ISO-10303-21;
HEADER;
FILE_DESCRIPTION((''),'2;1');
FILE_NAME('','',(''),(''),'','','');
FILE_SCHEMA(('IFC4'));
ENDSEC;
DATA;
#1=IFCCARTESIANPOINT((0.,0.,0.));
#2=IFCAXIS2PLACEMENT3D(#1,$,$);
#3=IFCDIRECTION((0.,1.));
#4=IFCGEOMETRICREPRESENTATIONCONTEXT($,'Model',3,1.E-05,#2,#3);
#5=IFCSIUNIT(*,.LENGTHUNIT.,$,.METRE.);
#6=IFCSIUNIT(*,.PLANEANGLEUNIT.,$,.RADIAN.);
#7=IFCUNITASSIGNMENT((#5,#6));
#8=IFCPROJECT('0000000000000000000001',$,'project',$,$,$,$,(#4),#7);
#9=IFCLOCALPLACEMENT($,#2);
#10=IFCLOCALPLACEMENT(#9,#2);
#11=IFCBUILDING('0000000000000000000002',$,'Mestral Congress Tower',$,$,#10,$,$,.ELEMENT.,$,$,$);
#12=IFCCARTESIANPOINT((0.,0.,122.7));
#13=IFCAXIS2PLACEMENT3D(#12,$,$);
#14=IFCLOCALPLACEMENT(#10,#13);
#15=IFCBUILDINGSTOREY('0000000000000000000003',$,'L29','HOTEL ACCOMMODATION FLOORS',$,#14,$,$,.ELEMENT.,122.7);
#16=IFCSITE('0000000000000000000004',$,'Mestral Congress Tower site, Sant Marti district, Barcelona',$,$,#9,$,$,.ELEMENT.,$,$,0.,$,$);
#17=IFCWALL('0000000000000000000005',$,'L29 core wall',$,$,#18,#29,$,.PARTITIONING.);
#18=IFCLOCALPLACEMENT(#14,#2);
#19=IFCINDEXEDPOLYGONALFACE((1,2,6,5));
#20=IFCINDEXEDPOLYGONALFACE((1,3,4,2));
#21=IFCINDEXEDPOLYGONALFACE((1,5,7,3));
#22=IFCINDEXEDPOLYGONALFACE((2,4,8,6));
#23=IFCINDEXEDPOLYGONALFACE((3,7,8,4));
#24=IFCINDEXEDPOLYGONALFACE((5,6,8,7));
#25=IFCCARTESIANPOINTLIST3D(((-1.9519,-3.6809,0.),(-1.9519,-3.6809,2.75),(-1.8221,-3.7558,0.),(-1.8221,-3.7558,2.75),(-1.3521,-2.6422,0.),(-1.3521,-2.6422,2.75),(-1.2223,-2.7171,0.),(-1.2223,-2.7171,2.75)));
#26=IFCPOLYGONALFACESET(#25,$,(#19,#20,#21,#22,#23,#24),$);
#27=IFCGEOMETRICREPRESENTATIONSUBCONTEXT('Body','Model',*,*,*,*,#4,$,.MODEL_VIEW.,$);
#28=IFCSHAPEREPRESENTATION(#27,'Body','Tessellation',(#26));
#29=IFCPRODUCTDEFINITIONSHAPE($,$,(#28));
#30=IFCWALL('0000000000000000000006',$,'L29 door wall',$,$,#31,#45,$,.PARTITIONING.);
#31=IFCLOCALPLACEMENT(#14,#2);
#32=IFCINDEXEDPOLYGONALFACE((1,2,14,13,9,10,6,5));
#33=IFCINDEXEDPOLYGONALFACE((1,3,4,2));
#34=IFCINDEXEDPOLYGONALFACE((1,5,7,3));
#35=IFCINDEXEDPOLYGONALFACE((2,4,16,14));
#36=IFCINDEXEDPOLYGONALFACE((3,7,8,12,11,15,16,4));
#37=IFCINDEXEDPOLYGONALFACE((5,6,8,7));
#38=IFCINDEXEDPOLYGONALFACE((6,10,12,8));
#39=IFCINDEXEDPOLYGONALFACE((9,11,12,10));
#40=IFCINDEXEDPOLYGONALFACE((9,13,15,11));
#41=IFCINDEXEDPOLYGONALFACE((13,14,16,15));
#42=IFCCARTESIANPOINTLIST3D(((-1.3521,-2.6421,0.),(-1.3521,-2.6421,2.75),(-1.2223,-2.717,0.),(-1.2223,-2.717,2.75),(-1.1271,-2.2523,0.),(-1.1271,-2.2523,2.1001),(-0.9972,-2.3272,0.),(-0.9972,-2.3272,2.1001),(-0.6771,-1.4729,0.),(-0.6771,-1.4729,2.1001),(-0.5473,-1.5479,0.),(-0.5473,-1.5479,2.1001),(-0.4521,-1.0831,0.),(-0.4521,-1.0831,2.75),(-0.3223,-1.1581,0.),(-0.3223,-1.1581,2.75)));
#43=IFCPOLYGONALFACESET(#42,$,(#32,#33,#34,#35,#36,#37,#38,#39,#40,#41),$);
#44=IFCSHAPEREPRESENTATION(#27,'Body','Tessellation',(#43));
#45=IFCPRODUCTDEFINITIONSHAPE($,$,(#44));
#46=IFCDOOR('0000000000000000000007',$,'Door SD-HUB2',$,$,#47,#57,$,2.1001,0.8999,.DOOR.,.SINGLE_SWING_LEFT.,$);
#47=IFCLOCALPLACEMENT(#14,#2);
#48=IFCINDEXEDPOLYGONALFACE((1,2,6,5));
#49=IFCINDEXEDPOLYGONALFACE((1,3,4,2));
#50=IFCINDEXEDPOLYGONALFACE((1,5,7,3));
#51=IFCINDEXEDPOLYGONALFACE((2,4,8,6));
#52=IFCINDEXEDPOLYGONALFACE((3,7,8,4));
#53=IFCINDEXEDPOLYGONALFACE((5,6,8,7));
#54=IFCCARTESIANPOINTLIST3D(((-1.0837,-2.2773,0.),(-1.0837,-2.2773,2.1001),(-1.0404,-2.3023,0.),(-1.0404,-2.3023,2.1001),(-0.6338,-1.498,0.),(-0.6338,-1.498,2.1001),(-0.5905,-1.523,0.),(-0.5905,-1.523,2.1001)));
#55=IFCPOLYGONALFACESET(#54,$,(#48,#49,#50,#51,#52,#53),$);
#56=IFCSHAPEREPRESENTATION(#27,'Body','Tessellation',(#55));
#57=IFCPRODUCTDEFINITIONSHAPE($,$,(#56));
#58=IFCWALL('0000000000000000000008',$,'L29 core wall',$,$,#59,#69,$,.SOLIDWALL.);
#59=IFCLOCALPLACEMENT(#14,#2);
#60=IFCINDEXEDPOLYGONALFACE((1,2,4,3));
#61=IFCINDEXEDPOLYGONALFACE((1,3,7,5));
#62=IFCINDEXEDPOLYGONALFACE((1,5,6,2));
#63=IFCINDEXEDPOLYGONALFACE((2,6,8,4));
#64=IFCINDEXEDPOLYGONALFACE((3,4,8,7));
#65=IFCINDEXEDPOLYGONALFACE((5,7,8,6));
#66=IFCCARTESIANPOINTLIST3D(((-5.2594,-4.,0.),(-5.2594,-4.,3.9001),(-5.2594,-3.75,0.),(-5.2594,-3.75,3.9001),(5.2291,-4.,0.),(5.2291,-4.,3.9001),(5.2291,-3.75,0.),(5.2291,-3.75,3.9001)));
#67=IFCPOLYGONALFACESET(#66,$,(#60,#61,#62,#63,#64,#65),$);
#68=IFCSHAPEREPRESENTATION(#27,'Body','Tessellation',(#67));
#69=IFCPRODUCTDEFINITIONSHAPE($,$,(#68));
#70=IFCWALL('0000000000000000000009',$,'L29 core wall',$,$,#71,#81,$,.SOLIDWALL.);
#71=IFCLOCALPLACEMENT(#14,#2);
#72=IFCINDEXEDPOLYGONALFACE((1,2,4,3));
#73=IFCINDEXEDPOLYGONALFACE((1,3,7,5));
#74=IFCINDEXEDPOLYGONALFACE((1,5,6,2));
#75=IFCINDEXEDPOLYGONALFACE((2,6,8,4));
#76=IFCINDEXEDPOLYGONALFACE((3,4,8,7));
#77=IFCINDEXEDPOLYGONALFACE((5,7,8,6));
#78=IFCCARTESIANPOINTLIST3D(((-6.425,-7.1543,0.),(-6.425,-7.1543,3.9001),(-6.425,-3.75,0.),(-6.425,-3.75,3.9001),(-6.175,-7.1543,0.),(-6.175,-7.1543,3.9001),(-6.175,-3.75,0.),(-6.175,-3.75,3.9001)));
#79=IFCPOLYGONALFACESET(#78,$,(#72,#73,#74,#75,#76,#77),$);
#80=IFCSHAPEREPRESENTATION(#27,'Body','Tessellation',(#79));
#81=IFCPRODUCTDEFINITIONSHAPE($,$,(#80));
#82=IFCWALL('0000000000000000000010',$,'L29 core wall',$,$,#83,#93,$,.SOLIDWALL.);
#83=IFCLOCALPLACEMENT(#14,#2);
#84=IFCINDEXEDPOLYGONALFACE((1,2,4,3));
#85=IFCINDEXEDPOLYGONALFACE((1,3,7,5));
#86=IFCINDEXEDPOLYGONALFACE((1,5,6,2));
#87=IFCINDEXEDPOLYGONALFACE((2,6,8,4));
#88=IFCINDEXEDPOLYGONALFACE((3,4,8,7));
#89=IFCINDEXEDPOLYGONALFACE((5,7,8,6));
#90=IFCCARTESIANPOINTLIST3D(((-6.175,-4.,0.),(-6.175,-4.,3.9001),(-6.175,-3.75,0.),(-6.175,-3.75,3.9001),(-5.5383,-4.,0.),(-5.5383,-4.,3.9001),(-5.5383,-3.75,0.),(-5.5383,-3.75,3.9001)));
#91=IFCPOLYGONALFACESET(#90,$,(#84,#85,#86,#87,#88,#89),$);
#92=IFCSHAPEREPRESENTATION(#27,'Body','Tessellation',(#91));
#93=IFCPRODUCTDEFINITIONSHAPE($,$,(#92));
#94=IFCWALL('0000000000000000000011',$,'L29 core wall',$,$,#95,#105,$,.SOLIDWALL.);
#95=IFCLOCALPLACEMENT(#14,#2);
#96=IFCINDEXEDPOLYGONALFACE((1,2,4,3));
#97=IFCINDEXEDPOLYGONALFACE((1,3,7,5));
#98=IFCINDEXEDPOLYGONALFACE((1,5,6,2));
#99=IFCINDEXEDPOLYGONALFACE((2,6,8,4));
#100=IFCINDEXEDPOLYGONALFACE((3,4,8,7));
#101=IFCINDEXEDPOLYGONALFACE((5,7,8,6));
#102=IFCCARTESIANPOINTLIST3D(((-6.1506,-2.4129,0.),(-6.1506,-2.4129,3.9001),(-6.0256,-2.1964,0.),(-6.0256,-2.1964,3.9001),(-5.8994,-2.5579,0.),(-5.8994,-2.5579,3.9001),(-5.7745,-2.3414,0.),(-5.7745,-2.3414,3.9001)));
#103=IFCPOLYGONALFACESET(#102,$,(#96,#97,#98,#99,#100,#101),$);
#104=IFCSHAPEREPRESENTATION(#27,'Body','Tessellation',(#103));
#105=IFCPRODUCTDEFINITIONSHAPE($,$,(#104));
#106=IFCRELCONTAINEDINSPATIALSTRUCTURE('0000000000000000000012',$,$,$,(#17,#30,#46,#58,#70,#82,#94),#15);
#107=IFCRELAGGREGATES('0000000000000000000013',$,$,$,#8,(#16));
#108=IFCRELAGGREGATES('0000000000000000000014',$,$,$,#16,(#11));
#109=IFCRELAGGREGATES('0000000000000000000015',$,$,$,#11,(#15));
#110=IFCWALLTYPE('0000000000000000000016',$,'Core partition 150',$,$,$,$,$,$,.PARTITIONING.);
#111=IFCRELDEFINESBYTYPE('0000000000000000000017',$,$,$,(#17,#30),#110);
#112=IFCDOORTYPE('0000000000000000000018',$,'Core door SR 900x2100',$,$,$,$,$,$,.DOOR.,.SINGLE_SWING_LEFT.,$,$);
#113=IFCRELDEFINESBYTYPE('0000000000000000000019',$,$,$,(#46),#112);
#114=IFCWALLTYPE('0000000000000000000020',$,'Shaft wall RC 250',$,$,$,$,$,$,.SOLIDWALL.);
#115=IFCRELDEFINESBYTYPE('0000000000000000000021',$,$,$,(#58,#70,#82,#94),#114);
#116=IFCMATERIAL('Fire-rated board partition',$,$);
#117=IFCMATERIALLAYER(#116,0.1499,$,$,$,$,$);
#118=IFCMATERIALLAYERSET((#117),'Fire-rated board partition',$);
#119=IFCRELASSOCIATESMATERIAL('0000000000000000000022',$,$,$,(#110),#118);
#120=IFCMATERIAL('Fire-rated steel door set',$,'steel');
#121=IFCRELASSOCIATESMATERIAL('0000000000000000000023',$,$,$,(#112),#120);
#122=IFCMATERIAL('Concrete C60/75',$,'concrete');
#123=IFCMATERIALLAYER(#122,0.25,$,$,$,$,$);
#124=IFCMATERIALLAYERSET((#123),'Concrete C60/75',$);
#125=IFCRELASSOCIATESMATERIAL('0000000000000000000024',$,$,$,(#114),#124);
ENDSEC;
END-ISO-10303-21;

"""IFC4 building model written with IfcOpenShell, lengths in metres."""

from ifc_helpers import new_model, si_unit, direction, frame, frame_2d, origin, place, context, subcontext, project, spatial, rectangle, extrude, material, layer, layer_set, type_object, element, fill, save


model = new_model("IFC4")

# Units and contexts
model_context = context("Model", 3, precision=1e-05, world=origin(), true_north=direction((0.0, 1.0)))
body_context = subcontext(model_context, "Body", "Model", "MODEL_VIEW")
ifc_project = project(units=[si_unit("LENGTHUNIT", "METRE"), si_unit("PLANEANGLEUNIT", "RADIAN")], contexts=[model_context])

# Site, building, storey
site_placement = place(None, origin())
site = spatial("IfcSite", under=ifc_project, at=site_placement, Name="Mestral Congress Tower site, Sant Marti district, Barcelona", CompositionType="ELEMENT", RefElevation=0.0)
building_placement = place(site_placement, origin())
building = spatial("IfcBuilding", under=site, at=building_placement, Name="Mestral Congress Tower", CompositionType="ELEMENT")
storey_placement = place(building_placement, frame((0.0, 0.0, 122.7)))
storey = spatial("IfcBuildingStorey", under=building, at=storey_placement, Name="L29", Description="HOTEL ACCOMMODATION FLOORS", CompositionType="ELEMENT", Elevation=122.7)

# Wall
ifc_material_1 = material(Name="Fire-rated board partition")
ifc_layer_1 = layer(ifc_material_1, 0.1499)
ifc_layer_set_1 = layer_set([ifc_layer_1], Name="Fire-rated board partition")
wall_type_1 = type_object("IfcWallType", Name="Core partition 150", PredefinedType="PARTITIONING", material=ifc_layer_set_1)
wall_1_placement = place(storey_placement, frame((-1.887, -3.7183, 0.0), z_axis=(0.0, 0.0, 1.0), x_axis=(0.500057, 0.865992, 0.0)))
element("IfcWall", 1, at=wall_1_placement, inside=storey, type_object=wall_type_1, Name="L29 core wall", PredefinedType="PARTITIONING", context=body_context, shape_type="SweptSolid", body=[
    extrude(rectangle(XDim=1.1995, YDim=0.1499, at=frame_2d((0.5996, 0.0))), origin(), (0.0, 0.0, 1.0), 2.75),
])

# Wall, opening, door
wall_2_placement = place(storey_placement, frame((-1.2871, -2.6794, 0.0), z_axis=(0.0, 0.0, 1.0), x_axis=(0.499961, 0.866048, 0.0)))
wall_2 = element("IfcWall", 2, at=wall_2_placement, inside=storey, type_object=wall_type_1, Name="L29 door wall", PredefinedType="PARTITIONING", context=body_context, shape_type="SweptSolid", body=[
    extrude(rectangle(XDim=1.8, YDim=0.1499, at=frame_2d((0.8999, 0.0))), origin(), (0.0, 0.0, 1.0), 2.75),
])
opening_1_placement = place(wall_2_placement, frame((0.45, 0.0, 0.0)))
opening_1 = element("IfcOpeningElement", 3, at=opening_1_placement, cuts=wall_2, PredefinedType="OPENING", context=body_context, shape_type="SweptSolid", body=[
    extrude(rectangle(XDim=0.8999, YDim=2.1001, at=frame_2d((0.45, 1.05))), frame((0.0, 0.085, 0.0), z_axis=(0.0, -1.0, 0.0), x_axis=(1.0, 0.0, 0.0)), (0.0, 0.0, 1.0), 0.1699),
])
ifc_material_2 = material(Name="Fire-rated steel door set", Category="steel")
door_type_1 = type_object("IfcDoorType", Name="Core door SR 900x2100", OperationType="SINGLE_SWING_LEFT", PredefinedType="DOOR", material=ifc_material_2)
door_1_placement = place(opening_1_placement, origin())
door_1 = element("IfcDoor", 4, at=door_1_placement, inside=storey, type_object=door_type_1, Name="Door SD-HUB2", OperationType="SINGLE_SWING_LEFT", OverallHeight=2.1001, OverallWidth=0.8999, PredefinedType="DOOR", context=body_context, shape_type="SweptSolid", body=[
    extrude(rectangle(XDim=0.8999, YDim=2.1001, at=frame_2d((0.45, 1.05))), frame((0.0, 0.0249, 0.0), z_axis=(0.0, -1.0, 0.0), x_axis=(1.0, 0.0, 0.0)), (0.0, 0.0, 1.0), 0.05),
])
fill(opening_1, door_1)

# Walls
ifc_material_3 = material(Name="Concrete C60/75", Category="concrete")
ifc_layer_2 = layer(ifc_material_3, 0.25)
ifc_layer_set_2 = layer_set([ifc_layer_2], Name="Concrete C60/75")
wall_type_2 = type_object("IfcWallType", Name="Shaft wall RC 250", PredefinedType="SOLIDWALL", material=ifc_layer_set_2)
wall_3_placement = place(storey_placement, frame((-5.2593, -3.875, 0.0), z_axis=(0.0, 0.0, 1.0), x_axis=(1.0, 0.0, 0.0)))
element("IfcWall", 5, at=wall_3_placement, inside=storey, type_object=wall_type_2, Name="L29 core wall", PredefinedType="SOLIDWALL", context=body_context, shape_type="SweptSolid", body=[
    extrude(rectangle(XDim=10.4885, YDim=0.25, at=frame_2d((5.2441, 0.0))), origin(), (0.0, 0.0, 1.0), 3.9001),
])
wall_4_placement = place(storey_placement, frame((-6.3, -3.75, 0.0), z_axis=(0.0, 0.0, 1.0), x_axis=(0.0, -1.0, 0.0)))
element("IfcWall", 6, at=wall_4_placement, inside=storey, type_object=wall_type_2, Name="L29 core wall", PredefinedType="SOLIDWALL", context=body_context, shape_type="SweptSolid", body=[
    extrude(rectangle(XDim=3.4043, YDim=0.25, at=frame_2d((1.7021, 0.0))), origin(), (0.0, 0.0, 1.0), 3.9001),
])
wall_5_placement = place(storey_placement, frame((-6.175, -3.875, 0.0), z_axis=(0.0, 0.0, 1.0), x_axis=(1.0, 0.0, 0.0)))
element("IfcWall", 7, at=wall_5_placement, inside=storey, type_object=wall_type_2, Name="L29 core wall", PredefinedType="SOLIDWALL", context=body_context, shape_type="SweptSolid", body=[
    extrude(rectangle(XDim=0.6367, YDim=0.25, at=frame_2d((0.3184, 0.0))), origin(), (0.0, 0.0, 1.0), 3.9001),
])
wall_6_placement = place(storey_placement, frame((-6.0881, -2.3047, 0.0), z_axis=(0.0, 0.0, 1.0), x_axis=(0.866059, -0.499941, 0.0)))
element("IfcWall", 8, at=wall_6_placement, inside=storey, type_object=wall_type_2, Name="L29 core wall", PredefinedType="SOLIDWALL", context=body_context, shape_type="SweptSolid", body=[
    extrude(rectangle(XDim=0.29, YDim=0.25, at=frame_2d((0.145, 0.0))), origin(), (0.0, 0.0, 1.0), 3.9001),
])

save(model, "model.ifc")
